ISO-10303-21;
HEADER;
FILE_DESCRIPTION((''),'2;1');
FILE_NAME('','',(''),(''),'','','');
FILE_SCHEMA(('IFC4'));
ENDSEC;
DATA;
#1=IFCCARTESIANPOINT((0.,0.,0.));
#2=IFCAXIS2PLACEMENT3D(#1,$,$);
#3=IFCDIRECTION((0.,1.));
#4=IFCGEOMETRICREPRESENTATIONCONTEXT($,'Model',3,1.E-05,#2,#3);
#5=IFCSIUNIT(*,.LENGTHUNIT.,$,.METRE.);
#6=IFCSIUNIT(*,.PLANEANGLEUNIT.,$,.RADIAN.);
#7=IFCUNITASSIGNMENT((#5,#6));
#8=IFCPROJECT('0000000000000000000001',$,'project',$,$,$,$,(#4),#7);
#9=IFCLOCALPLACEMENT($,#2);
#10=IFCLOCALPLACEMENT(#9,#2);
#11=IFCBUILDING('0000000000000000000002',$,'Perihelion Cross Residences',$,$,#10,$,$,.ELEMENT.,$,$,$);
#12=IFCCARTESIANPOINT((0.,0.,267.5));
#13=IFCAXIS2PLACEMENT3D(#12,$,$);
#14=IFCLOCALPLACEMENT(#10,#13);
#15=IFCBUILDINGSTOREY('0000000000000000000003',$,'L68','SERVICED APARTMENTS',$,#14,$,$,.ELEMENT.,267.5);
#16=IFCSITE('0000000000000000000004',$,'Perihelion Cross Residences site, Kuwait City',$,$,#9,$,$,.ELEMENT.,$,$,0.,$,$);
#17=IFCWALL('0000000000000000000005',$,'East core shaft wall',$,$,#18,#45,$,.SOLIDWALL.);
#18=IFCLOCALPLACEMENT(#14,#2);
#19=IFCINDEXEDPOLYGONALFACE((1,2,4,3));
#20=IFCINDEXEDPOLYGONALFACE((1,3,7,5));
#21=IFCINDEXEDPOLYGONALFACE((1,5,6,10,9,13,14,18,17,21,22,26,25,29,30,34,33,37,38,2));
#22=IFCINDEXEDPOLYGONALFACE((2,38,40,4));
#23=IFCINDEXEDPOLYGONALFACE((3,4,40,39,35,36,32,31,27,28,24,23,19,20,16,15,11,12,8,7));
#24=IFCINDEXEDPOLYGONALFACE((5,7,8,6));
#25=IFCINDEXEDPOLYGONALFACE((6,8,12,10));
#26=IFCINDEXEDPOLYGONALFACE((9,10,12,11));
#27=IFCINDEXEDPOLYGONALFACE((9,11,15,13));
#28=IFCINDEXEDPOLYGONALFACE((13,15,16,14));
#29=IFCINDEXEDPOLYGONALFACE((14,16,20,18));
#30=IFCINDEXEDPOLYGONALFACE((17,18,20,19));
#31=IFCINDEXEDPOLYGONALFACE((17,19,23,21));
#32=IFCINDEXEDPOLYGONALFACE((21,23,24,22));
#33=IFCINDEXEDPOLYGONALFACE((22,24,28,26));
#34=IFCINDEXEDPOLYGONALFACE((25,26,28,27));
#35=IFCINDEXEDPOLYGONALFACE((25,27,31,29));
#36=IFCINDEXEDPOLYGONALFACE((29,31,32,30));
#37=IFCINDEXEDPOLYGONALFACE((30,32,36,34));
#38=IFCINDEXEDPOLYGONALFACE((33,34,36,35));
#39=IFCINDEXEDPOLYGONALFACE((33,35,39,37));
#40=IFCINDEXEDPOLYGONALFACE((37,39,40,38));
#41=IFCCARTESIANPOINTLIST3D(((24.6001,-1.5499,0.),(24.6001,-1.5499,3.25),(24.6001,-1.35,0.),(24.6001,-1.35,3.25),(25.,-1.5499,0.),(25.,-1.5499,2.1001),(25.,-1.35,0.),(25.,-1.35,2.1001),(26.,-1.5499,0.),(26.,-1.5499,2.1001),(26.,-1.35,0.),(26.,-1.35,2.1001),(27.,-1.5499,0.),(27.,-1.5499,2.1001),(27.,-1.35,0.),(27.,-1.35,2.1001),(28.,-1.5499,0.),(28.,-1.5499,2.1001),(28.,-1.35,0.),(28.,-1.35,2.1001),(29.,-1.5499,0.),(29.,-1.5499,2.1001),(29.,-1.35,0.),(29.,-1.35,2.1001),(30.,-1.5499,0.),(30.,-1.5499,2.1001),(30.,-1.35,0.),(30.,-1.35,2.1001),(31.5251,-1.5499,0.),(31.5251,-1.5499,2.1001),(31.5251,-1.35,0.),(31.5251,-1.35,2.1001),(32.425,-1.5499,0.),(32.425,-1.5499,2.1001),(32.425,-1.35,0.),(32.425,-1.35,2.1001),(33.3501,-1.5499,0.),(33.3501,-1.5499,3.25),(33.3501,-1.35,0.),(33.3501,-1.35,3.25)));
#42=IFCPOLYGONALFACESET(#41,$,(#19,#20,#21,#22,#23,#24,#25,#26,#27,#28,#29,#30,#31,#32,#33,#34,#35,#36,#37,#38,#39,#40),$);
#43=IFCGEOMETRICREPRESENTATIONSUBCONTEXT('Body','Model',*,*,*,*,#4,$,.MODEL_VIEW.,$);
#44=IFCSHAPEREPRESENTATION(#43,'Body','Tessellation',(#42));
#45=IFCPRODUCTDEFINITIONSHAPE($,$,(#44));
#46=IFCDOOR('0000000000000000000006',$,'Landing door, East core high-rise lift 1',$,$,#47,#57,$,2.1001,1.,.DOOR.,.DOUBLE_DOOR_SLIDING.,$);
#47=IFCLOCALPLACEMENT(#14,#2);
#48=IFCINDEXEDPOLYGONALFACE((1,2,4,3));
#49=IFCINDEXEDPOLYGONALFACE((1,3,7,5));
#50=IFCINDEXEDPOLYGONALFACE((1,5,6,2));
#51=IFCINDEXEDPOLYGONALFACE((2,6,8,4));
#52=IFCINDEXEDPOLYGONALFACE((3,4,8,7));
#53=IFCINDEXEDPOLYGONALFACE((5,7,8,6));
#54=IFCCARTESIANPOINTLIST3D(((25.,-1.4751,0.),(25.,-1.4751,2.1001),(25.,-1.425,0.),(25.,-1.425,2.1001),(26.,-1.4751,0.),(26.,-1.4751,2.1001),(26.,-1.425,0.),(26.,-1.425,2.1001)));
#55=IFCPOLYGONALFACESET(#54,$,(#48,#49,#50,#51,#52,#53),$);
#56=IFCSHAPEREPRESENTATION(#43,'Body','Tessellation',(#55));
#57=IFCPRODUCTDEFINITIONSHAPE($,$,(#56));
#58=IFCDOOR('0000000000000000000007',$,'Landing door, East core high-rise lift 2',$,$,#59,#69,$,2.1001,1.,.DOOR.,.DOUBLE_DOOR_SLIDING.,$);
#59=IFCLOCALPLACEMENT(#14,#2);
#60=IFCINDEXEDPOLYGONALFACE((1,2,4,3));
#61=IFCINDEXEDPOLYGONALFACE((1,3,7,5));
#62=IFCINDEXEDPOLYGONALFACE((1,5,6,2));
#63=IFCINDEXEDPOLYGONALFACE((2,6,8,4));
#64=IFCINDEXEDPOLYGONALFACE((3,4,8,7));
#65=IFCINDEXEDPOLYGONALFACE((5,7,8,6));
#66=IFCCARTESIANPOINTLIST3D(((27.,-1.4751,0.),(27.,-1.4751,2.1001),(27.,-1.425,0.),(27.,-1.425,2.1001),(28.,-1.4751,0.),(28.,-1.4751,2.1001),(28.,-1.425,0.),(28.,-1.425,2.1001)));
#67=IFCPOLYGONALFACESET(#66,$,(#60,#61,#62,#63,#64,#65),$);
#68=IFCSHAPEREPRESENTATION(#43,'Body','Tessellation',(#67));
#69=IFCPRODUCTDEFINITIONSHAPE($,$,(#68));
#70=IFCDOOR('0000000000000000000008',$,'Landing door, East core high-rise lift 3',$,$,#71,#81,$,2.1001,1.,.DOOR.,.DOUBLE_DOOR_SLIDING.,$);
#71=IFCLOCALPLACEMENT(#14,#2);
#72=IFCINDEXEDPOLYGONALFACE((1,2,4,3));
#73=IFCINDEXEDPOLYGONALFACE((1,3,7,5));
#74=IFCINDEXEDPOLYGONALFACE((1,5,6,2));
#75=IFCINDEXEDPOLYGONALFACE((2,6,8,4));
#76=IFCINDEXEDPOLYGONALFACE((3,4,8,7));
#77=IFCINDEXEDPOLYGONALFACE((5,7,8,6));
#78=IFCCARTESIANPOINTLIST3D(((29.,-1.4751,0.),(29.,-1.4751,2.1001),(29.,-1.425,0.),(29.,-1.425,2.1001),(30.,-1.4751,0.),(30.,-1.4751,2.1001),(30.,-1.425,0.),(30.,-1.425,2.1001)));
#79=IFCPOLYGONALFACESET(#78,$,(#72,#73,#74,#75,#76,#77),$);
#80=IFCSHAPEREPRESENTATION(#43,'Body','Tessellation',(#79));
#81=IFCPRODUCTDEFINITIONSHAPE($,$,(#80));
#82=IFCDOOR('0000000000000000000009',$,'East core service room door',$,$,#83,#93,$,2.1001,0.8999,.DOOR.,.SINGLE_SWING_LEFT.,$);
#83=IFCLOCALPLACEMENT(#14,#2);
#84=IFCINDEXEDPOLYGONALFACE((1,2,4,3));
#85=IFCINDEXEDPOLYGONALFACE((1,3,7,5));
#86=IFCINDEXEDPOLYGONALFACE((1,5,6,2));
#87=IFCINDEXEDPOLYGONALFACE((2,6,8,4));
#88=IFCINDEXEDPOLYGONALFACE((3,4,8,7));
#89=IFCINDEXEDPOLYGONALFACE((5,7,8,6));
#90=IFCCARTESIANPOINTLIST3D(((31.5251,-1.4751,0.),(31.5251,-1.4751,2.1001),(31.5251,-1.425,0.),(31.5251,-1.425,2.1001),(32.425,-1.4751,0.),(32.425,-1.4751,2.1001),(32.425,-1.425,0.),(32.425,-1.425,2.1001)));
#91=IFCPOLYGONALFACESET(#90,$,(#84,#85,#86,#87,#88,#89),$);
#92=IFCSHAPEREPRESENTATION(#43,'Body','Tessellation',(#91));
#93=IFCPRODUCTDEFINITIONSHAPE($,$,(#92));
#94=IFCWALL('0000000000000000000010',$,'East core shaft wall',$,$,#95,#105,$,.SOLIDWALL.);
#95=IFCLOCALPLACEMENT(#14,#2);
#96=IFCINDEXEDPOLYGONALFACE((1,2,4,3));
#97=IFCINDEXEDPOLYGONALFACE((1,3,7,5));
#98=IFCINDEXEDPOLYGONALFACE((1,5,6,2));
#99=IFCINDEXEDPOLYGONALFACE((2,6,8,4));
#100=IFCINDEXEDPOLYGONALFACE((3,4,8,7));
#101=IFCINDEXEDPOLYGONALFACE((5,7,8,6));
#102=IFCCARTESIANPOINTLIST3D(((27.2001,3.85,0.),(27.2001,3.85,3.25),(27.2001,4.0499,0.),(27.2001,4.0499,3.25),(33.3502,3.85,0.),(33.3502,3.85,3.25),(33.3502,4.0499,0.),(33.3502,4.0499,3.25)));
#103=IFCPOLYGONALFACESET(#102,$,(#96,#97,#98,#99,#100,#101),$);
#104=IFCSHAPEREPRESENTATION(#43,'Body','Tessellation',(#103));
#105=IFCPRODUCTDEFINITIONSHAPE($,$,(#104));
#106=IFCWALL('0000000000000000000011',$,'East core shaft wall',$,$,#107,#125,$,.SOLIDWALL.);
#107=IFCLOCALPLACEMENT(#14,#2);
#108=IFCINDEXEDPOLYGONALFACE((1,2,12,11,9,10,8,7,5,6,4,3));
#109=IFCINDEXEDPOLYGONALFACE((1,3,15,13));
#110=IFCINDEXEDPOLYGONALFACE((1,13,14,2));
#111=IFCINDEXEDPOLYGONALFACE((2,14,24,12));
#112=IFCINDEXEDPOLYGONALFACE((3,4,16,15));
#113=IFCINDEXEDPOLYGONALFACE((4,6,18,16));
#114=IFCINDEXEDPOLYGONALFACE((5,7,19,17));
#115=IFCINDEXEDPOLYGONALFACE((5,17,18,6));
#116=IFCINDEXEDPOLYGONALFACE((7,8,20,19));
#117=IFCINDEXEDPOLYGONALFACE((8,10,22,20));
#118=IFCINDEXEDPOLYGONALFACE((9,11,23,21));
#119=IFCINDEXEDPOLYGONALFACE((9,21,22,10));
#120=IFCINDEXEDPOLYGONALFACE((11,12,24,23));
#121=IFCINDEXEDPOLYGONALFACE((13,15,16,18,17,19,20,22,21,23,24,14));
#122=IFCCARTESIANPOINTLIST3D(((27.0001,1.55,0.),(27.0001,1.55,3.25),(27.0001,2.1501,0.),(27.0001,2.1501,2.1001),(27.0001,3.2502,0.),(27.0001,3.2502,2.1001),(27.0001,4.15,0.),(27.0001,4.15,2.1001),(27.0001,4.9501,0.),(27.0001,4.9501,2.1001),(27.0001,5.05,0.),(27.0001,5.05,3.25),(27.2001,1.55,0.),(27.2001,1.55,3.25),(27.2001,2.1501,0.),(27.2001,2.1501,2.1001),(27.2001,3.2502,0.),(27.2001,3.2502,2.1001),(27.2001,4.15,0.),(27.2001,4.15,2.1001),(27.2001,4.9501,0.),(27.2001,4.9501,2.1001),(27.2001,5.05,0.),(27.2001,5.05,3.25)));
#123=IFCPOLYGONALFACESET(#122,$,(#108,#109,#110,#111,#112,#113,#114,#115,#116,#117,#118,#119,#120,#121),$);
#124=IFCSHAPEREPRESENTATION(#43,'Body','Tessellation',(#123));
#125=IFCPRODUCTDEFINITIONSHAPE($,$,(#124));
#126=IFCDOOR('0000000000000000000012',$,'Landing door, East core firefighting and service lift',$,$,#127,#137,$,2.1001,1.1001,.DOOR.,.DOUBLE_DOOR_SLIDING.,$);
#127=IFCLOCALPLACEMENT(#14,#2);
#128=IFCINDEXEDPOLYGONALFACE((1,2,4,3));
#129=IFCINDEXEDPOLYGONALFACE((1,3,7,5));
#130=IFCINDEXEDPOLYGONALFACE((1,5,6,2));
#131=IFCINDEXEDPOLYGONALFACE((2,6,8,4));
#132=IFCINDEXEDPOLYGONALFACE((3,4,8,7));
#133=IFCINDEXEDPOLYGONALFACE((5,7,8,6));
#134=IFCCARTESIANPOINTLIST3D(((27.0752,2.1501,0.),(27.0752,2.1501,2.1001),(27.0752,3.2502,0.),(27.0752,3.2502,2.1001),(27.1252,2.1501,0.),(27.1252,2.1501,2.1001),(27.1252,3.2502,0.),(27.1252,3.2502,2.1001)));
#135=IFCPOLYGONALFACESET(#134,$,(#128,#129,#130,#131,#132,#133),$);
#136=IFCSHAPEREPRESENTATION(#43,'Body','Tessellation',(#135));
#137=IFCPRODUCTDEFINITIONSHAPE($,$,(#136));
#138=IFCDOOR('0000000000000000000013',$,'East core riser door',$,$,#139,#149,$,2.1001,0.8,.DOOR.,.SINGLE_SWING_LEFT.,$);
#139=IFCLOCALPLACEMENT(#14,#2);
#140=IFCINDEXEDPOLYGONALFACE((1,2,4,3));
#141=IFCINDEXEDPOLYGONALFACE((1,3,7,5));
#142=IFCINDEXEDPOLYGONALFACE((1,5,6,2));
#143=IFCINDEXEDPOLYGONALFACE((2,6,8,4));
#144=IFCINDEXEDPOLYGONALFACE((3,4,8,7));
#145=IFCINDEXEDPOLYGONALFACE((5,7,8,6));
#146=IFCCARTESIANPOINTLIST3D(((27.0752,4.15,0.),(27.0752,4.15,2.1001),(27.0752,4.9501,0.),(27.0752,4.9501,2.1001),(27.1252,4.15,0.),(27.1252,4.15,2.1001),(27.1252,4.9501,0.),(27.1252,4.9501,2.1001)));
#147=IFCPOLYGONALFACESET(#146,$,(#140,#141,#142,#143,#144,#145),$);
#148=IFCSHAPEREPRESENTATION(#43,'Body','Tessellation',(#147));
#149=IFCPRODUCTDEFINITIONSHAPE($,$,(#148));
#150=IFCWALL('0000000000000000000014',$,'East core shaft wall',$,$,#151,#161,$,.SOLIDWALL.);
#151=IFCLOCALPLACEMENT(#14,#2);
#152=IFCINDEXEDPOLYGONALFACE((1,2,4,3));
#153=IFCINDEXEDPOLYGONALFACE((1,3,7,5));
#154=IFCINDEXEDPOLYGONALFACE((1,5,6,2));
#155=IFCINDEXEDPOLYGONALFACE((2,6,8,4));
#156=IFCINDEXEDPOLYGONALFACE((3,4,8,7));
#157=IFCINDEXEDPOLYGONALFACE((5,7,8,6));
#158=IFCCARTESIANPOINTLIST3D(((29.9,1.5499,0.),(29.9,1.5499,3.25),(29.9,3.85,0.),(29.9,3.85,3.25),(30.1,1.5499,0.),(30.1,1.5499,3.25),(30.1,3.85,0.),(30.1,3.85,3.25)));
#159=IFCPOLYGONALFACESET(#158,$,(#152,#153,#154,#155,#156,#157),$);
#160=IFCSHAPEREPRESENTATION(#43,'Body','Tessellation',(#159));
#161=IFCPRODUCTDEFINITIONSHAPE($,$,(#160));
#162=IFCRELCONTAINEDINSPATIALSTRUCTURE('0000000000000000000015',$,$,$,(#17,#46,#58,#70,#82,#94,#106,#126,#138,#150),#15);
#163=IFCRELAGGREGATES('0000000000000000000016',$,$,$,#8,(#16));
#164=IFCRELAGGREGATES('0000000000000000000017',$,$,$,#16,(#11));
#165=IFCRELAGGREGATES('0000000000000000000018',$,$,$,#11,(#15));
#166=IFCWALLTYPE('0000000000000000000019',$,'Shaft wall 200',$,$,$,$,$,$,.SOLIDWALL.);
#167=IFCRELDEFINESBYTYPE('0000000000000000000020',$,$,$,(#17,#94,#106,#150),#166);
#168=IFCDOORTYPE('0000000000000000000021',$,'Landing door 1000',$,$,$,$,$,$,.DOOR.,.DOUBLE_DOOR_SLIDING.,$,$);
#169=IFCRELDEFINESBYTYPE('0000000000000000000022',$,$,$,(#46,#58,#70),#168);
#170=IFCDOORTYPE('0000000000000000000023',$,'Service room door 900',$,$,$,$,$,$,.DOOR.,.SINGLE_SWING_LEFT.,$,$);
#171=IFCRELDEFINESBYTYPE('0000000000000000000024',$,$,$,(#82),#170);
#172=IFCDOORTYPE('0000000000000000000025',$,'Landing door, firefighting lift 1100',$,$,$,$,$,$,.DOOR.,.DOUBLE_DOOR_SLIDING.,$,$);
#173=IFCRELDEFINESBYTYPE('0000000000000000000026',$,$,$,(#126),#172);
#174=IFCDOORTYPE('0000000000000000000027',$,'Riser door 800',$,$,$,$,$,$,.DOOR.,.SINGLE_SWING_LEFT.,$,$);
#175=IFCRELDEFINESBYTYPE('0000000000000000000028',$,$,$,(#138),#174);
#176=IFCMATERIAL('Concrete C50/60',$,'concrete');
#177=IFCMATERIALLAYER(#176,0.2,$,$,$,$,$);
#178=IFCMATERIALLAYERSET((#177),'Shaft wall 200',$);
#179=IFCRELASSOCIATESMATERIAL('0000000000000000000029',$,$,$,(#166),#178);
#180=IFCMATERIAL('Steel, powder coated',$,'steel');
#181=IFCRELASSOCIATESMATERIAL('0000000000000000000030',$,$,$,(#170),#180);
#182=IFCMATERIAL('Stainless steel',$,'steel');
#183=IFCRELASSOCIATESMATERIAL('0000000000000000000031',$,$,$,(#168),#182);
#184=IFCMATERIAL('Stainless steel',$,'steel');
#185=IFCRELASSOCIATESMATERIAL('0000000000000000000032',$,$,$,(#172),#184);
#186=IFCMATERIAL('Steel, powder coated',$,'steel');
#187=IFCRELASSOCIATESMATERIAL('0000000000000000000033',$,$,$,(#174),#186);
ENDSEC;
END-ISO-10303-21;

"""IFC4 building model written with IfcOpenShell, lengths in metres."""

from ifc_helpers import new_model, si_unit, direction, frame, frame_2d, origin, place, context, subcontext, project, spatial, rectangle, extrude, material, layer, layer_set, type_object, element, fill, save


model = new_model("IFC4")

# Units and contexts
model_context = context("Model", 3, precision=1e-05, world=origin(), true_north=direction((0.0, 1.0)))
body_context = subcontext(model_context, "Body", "Model", "MODEL_VIEW")
ifc_project = project(units=[si_unit("LENGTHUNIT", "METRE"), si_unit("PLANEANGLEUNIT", "RADIAN")], contexts=[model_context])

# Site, building, storey
site_placement = place(None, origin())
site = spatial("IfcSite", under=ifc_project, at=site_placement, Name="Perihelion Cross Residences site, Kuwait City", CompositionType="ELEMENT", RefElevation=0.0)
building_placement = place(site_placement, origin())
building = spatial("IfcBuilding", under=site, at=building_placement, Name="Perihelion Cross Residences", CompositionType="ELEMENT")
storey_placement = place(building_placement, frame((0.0, 0.0, 267.5)))
storey = spatial("IfcBuildingStorey", under=building, at=storey_placement, Name="L68", Description="SERVICED APARTMENTS", CompositionType="ELEMENT", Elevation=267.5)

# Wall, openings, doors
ifc_material_1 = material(Name="Concrete C50/60", Category="concrete")
ifc_layer_1 = layer(ifc_material_1, 0.2)
ifc_layer_set_1 = layer_set([ifc_layer_1], Name="Shaft wall 200")
wall_type_1 = type_object("IfcWallType", Name="Shaft wall 200", PredefinedType="SOLIDWALL", material=ifc_layer_set_1)
ifc_material_2 = material(Name="Steel, powder coated", Category="steel")
door_type_1 = type_object("IfcDoorType", Name="Service room door 900", OperationType="SINGLE_SWING_LEFT", PredefinedType="DOOR", material=ifc_material_2)
wall_1_placement = place(storey_placement, frame((24.6001, -1.45, 0.0), z_axis=(0.0, 0.0, 1.0), x_axis=(1.0, 0.0, 0.0)))
wall_1 = element("IfcWall", 1, at=wall_1_placement, inside=storey, type_object=wall_type_1, Name="East core shaft wall", PredefinedType="SOLIDWALL", context=body_context, shape_type="SweptSolid", body=[
    extrude(rectangle(XDim=8.75, YDim=0.2, at=frame_2d((4.375, 0.0))), origin(), (0.0, 0.0, 1.0), 3.25),
])
opening_1_placement = place(wall_1_placement, frame((0.3999, 0.0, 0.0)))
opening_1 = element("IfcOpeningElement", 2, at=opening_1_placement, cuts=wall_1, PredefinedType="OPENING", context=body_context, shape_type="SweptSolid", body=[
    extrude(rectangle(XDim=1.0, YDim=2.1001, at=frame_2d((0.5, 1.05))), frame((0.0, 0.1099, 0.0), z_axis=(0.0, -1.0, 0.0), x_axis=(1.0, 0.0, 0.0)), (0.0, 0.0, 1.0), 0.22),
])
opening_2_placement = place(wall_1_placement, frame((2.3999, 0.0, 0.0)))
opening_2 = element("IfcOpeningElement", 3, at=opening_2_placement, cuts=wall_1, PredefinedType="OPENING", context=body_context, shape_type="SweptSolid", body=[
    extrude(rectangle(XDim=1.0, YDim=2.1001, at=frame_2d((0.5, 1.05))), frame((0.0, 0.1099, 0.0), z_axis=(0.0, -1.0, 0.0), x_axis=(1.0, 0.0, 0.0)), (0.0, 0.0, 1.0), 0.22),
])
opening_3_placement = place(wall_1_placement, frame((4.3999, 0.0, 0.0)))
opening_3 = element("IfcOpeningElement", 4, at=opening_3_placement, cuts=wall_1, PredefinedType="OPENING", context=body_context, shape_type="SweptSolid", body=[
    extrude(rectangle(XDim=1.0, YDim=2.1001, at=frame_2d((0.5, 1.05))), frame((0.0, 0.1099, 0.0), z_axis=(0.0, -1.0, 0.0), x_axis=(1.0, 0.0, 0.0)), (0.0, 0.0, 1.0), 0.22),
])
opening_4_placement = place(wall_1_placement, frame((6.925, 0.0, 0.0)))
opening_4 = element("IfcOpeningElement", 5, at=opening_4_placement, cuts=wall_1, PredefinedType="OPENING", context=body_context, shape_type="SweptSolid", body=[
    extrude(rectangle(XDim=0.8999, YDim=2.1001, at=frame_2d((0.45, 1.05))), frame((0.0, 0.1099, 0.0), z_axis=(0.0, -1.0, 0.0), x_axis=(1.0, 0.0, 0.0)), (0.0, 0.0, 1.0), 0.22),
])
ifc_material_3 = material(Name="Stainless steel", Category="steel")
door_type_2 = type_object("IfcDoorType", Name="Landing door 1000", OperationType="DOUBLE_DOOR_SLIDING", PredefinedType="DOOR", material=ifc_material_3)
door_1_placement = place(opening_1_placement, origin())
door_1 = element("IfcDoor", 6, at=door_1_placement, inside=storey, type_object=door_type_2, Name="Landing door, East core high-rise lift 1", OperationType="DOUBLE_DOOR_SLIDING", OverallHeight=2.1001, OverallWidth=1.0, PredefinedType="DOOR", context=body_context, shape_type="SweptSolid", body=[
    extrude(rectangle(XDim=1.0, YDim=2.1001, at=frame_2d((0.5, 1.05))), frame((0.0, 0.0249, 0.0), z_axis=(0.0, -1.0, 0.0), x_axis=(1.0, 0.0, 0.0)), (0.0, 0.0, 1.0), 0.05),
])
fill(opening_1, door_1)
door_2_placement = place(opening_2_placement, origin())
door_2 = element("IfcDoor", 7, at=door_2_placement, inside=storey, type_object=door_type_2, Name="Landing door, East core high-rise lift 2", OperationType="DOUBLE_DOOR_SLIDING", OverallHeight=2.1001, OverallWidth=1.0, PredefinedType="DOOR", context=body_context, shape_type="SweptSolid", body=[
    extrude(rectangle(XDim=1.0, YDim=2.1001, at=frame_2d((0.5, 1.05))), frame((0.0, 0.0249, 0.0), z_axis=(0.0, -1.0, 0.0), x_axis=(1.0, 0.0, 0.0)), (0.0, 0.0, 1.0), 0.05),
])
fill(opening_2, door_2)
door_3_placement = place(opening_3_placement, origin())
door_3 = element("IfcDoor", 8, at=door_3_placement, inside=storey, type_object=door_type_2, Name="Landing door, East core high-rise lift 3", OperationType="DOUBLE_DOOR_SLIDING", OverallHeight=2.1001, OverallWidth=1.0, PredefinedType="DOOR", context=body_context, shape_type="SweptSolid", body=[
    extrude(rectangle(XDim=1.0, YDim=2.1001, at=frame_2d((0.5, 1.05))), frame((0.0, 0.0249, 0.0), z_axis=(0.0, -1.0, 0.0), x_axis=(1.0, 0.0, 0.0)), (0.0, 0.0, 1.0), 0.05),
])
fill(opening_3, door_3)
door_4_placement = place(opening_4_placement, origin())
door_4 = element("IfcDoor", 9, at=door_4_placement, inside=storey, type_object=door_type_1, Name="East core service room door", OperationType="SINGLE_SWING_LEFT", OverallHeight=2.1001, OverallWidth=0.8999, PredefinedType="DOOR", context=body_context, shape_type="SweptSolid", body=[
    extrude(rectangle(XDim=0.8999, YDim=2.1001, at=frame_2d((0.45, 1.05))), frame((0.0, 0.0249, 0.0), z_axis=(0.0, -1.0, 0.0), x_axis=(1.0, 0.0, 0.0)), (0.0, 0.0, 1.0), 0.05),
])
fill(opening_4, door_4)

# Wall
wall_2_placement = place(storey_placement, frame((27.2, 3.95, 0.0), z_axis=(0.0, 0.0, 1.0), x_axis=(1.0, 0.0, 0.0)))
element("IfcWall", 10, at=wall_2_placement, inside=storey, type_object=wall_type_1, Name="East core shaft wall", PredefinedType="SOLIDWALL", context=body_context, shape_type="SweptSolid", body=[
    extrude(rectangle(XDim=6.1501, YDim=0.2, at=frame_2d((3.0752, 0.0))), origin(), (0.0, 0.0, 1.0), 3.25),
])

# Wall, openings, doors
wall_3_placement = place(storey_placement, frame((27.1001, 1.55, 0.0), z_axis=(0.0, 0.0, 1.0), x_axis=(0.0, 1.0, 0.0)))
wall_3 = element("IfcWall", 11, at=wall_3_placement, inside=storey, type_object=wall_type_1, Name="East core shaft wall", PredefinedType="SOLIDWALL", context=body_context, shape_type="SweptSolid", body=[
    extrude(rectangle(XDim=3.5, YDim=0.2, at=frame_2d((1.75, 0.0))), origin(), (0.0, 0.0, 1.0), 3.25),
])
opening_5_placement = place(wall_3_placement, frame((0.6001, 0.0, 0.0)))
opening_5 = element("IfcOpeningElement", 12, at=opening_5_placement, cuts=wall_3, PredefinedType="OPENING", context=body_context, shape_type="SweptSolid", body=[
    extrude(rectangle(XDim=1.1001, YDim=2.1001, at=frame_2d((0.55, 1.05))), frame((0.0, 0.1099, 0.0), z_axis=(0.0, -1.0, 0.0), x_axis=(1.0, 0.0, 0.0)), (0.0, 0.0, 1.0), 0.22),
])
opening_6_placement = place(wall_3_placement, frame((2.6001, 0.0, 0.0)))
opening_6 = element("IfcOpeningElement", 13, at=opening_6_placement, cuts=wall_3, PredefinedType="OPENING", context=body_context, shape_type="SweptSolid", body=[
    extrude(rectangle(XDim=0.8, YDim=2.1001, at=frame_2d((0.3999, 1.05))), frame((0.0, 0.1099, 0.0), z_axis=(0.0, -1.0, 0.0), x_axis=(1.0, 0.0, 0.0)), (0.0, 0.0, 1.0), 0.22),
])
ifc_material_4 = material(Name="Stainless steel", Category="steel")
door_type_3 = type_object("IfcDoorType", Name="Landing door, firefighting lift 1100", OperationType="DOUBLE_DOOR_SLIDING", PredefinedType="DOOR", material=ifc_material_4)
door_5_placement = place(opening_5_placement, origin())
door_5 = element("IfcDoor", 14, at=door_5_placement, inside=storey, type_object=door_type_3, Name="Landing door, East core firefighting and service lift", OperationType="DOUBLE_DOOR_SLIDING", OverallHeight=2.1001, OverallWidth=1.1001, PredefinedType="DOOR", context=body_context, shape_type="SweptSolid", body=[
    extrude(rectangle(XDim=1.1001, YDim=2.1001, at=frame_2d((0.55, 1.05))), frame((0.0, 0.0249, 0.0), z_axis=(0.0, -1.0, 0.0), x_axis=(1.0, 0.0, 0.0)), (0.0, 0.0, 1.0), 0.05),
])
fill(opening_5, door_5)
ifc_material_5 = material(Name="Steel, powder coated", Category="steel")
door_type_4 = type_object("IfcDoorType", Name="Riser door 800", OperationType="SINGLE_SWING_LEFT", PredefinedType="DOOR", material=ifc_material_5)
door_6_placement = place(opening_6_placement, origin())
door_6 = element("IfcDoor", 15, at=door_6_placement, inside=storey, type_object=door_type_4, Name="East core riser door", OperationType="SINGLE_SWING_LEFT", OverallHeight=2.1001, OverallWidth=0.8, PredefinedType="DOOR", context=body_context, shape_type="SweptSolid", body=[
    extrude(rectangle(XDim=0.8, YDim=2.1001, at=frame_2d((0.3999, 1.05))), frame((0.0, 0.0249, 0.0), z_axis=(0.0, -1.0, 0.0), x_axis=(1.0, 0.0, 0.0)), (0.0, 0.0, 1.0), 0.05),
])
fill(opening_6, door_6)

# Wall
for number, where, z_axis, x_axis, name in (
    (16, (30.0, 1.55, 0.0), (0.0, 0.0, 1.0), (0.0, 1.0, 0.0), "East core shaft wall"),
):
    element("IfcWall", number, at=place(storey_placement, frame(where, z_axis=z_axis, x_axis=x_axis)), inside=storey, type_object=wall_type_1, Name=name, PredefinedType="SOLIDWALL", context=body_context, shape_type="SweptSolid", body=[
        extrude(rectangle(XDim=2.3, YDim=0.2, at=frame_2d((1.1499, 0.0))), origin(), (0.0, 0.0, 1.0), 3.25),
    ])

save(model, "model.ifc")
